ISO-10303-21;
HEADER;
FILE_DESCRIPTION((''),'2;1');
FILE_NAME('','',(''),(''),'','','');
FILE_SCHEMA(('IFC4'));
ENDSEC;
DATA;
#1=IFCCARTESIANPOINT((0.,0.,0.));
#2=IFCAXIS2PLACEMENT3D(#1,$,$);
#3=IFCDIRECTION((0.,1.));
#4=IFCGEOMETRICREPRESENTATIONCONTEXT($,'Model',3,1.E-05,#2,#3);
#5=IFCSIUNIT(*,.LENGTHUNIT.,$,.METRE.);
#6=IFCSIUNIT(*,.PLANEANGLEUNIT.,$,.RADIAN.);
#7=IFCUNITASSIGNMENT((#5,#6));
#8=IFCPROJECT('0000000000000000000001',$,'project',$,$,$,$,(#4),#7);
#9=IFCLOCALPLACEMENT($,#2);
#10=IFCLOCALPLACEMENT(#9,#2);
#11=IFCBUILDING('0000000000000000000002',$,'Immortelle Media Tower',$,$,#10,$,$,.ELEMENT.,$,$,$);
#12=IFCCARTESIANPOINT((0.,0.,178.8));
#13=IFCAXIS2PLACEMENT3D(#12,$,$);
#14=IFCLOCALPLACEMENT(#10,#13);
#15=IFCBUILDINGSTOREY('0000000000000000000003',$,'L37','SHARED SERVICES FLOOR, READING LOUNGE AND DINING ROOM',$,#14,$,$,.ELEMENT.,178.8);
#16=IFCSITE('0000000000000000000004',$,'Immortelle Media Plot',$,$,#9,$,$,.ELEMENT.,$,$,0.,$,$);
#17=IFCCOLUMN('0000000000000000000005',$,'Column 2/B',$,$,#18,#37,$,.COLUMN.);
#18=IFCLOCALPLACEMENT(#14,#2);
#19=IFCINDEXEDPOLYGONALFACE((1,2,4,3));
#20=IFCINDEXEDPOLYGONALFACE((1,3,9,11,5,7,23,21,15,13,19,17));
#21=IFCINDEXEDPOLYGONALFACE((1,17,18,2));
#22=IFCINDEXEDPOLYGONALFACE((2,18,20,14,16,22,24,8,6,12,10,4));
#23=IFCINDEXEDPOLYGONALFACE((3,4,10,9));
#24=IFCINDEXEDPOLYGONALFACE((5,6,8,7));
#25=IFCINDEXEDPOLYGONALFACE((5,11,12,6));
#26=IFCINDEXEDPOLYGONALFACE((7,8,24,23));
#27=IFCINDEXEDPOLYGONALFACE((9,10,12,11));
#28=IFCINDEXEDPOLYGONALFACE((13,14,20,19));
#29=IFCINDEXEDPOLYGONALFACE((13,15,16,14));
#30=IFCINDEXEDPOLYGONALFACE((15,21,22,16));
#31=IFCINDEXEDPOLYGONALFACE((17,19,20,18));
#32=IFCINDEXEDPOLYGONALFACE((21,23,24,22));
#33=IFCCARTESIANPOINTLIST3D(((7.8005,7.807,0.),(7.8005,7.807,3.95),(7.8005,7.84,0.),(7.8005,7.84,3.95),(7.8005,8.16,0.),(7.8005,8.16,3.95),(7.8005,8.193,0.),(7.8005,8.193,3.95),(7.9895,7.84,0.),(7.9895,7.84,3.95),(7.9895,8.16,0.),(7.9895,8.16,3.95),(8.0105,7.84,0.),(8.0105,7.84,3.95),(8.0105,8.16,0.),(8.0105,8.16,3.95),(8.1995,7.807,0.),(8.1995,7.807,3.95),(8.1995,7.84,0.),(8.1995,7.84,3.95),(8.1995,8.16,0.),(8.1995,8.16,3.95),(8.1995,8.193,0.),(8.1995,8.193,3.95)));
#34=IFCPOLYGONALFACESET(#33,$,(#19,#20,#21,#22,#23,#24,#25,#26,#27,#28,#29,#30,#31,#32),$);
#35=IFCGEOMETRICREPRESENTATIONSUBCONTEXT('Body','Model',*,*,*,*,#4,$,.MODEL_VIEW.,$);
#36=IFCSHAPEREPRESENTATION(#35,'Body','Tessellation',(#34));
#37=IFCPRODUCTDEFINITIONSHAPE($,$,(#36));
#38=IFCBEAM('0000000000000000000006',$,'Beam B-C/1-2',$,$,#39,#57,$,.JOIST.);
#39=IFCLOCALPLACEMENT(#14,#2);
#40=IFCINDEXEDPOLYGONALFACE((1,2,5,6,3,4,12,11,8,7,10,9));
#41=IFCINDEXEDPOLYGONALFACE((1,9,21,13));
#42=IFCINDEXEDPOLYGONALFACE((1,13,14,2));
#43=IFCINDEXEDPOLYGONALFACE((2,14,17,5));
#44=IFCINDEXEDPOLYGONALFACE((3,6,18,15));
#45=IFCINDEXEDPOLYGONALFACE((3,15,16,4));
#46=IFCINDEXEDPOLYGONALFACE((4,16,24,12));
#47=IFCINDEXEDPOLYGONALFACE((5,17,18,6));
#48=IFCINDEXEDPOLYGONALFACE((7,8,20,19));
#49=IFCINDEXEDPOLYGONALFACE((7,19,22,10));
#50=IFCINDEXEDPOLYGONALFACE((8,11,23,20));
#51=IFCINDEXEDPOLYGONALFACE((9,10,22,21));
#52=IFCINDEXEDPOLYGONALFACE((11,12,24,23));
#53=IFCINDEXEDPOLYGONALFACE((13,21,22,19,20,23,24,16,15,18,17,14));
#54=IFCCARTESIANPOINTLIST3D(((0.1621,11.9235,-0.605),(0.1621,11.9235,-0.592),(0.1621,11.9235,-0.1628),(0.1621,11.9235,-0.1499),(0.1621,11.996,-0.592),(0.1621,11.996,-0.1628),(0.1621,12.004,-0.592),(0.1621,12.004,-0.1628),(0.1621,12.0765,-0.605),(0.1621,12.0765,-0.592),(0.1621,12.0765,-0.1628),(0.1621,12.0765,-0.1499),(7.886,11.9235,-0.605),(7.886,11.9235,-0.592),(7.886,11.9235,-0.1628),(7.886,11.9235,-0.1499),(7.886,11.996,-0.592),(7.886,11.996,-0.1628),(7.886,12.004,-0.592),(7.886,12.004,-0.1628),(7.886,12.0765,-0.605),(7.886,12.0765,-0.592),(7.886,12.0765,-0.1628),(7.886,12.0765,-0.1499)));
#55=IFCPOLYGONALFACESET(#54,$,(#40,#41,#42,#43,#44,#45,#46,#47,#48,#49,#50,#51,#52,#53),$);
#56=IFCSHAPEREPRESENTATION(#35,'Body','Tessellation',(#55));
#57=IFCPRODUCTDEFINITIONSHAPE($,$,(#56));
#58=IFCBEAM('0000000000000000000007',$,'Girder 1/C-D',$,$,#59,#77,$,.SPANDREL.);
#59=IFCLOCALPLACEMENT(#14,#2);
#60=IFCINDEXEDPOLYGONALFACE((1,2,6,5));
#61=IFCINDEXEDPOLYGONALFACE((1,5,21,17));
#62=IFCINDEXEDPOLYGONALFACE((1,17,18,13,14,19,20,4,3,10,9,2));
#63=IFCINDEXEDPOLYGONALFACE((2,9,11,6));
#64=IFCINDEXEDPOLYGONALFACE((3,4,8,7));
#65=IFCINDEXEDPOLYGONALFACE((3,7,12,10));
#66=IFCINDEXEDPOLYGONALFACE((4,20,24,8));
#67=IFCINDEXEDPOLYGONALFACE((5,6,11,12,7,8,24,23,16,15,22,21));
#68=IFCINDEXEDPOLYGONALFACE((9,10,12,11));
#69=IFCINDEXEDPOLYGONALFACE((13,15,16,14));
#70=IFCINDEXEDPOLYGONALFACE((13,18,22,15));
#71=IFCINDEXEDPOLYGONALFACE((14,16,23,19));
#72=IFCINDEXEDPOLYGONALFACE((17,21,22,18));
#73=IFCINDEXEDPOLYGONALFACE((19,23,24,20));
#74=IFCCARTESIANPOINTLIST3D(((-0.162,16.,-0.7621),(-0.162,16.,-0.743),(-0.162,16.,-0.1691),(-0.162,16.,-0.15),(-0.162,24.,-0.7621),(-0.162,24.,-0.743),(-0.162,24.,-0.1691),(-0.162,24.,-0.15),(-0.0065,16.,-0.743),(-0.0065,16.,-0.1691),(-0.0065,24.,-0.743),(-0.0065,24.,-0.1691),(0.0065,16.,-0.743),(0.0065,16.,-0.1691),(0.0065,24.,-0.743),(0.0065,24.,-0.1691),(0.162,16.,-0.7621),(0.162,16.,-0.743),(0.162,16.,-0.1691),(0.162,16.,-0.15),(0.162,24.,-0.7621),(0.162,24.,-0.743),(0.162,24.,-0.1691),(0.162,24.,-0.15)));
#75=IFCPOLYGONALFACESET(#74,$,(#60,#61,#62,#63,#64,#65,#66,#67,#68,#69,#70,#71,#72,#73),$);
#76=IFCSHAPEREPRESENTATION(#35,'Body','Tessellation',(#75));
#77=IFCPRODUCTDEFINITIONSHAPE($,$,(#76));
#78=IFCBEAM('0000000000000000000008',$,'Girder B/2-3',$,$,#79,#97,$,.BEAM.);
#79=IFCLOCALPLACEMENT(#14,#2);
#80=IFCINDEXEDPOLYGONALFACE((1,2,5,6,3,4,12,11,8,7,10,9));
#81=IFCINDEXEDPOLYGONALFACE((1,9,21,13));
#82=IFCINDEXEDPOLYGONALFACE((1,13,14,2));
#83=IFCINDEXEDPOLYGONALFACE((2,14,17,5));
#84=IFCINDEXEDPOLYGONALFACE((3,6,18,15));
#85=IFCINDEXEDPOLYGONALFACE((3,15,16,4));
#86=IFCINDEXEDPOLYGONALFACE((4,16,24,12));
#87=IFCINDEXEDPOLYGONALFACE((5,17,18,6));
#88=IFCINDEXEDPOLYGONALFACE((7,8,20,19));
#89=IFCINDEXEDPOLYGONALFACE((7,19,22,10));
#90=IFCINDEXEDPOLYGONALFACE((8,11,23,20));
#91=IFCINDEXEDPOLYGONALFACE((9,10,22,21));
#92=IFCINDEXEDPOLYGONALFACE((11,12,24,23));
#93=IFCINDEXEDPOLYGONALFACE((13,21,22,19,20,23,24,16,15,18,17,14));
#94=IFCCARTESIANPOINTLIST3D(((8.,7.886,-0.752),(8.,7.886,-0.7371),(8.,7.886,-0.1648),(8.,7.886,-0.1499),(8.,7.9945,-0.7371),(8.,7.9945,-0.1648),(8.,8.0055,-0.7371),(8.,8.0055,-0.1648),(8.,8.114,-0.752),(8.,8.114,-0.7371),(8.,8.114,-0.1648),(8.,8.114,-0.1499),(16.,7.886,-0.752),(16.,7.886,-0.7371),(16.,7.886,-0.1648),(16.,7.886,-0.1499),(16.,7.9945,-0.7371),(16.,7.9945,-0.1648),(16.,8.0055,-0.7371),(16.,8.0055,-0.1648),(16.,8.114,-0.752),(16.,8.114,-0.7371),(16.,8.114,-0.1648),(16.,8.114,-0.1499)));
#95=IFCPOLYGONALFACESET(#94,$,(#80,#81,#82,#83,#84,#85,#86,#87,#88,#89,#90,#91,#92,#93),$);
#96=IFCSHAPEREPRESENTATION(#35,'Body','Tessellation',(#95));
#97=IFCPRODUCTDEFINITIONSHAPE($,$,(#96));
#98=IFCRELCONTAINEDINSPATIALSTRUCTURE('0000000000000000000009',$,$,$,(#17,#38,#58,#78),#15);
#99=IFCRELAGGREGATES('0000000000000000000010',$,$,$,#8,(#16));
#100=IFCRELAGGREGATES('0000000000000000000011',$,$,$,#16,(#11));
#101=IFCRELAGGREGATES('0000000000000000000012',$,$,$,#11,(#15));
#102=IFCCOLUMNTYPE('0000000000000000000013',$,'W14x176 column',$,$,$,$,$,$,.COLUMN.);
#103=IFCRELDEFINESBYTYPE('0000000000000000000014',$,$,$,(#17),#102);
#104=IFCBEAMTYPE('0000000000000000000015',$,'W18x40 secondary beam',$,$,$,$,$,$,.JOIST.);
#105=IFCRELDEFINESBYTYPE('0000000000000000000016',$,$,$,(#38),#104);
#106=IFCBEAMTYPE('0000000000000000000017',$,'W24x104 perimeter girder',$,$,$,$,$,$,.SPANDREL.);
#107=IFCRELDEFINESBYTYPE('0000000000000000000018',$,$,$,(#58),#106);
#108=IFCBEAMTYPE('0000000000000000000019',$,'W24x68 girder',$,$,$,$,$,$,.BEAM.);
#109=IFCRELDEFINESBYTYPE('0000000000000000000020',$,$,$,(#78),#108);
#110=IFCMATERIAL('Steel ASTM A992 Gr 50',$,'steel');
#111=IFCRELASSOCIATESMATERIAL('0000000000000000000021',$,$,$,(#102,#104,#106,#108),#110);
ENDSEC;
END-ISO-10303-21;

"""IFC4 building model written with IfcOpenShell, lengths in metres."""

from ifc_helpers import new_model, si_unit, direction, frame, origin, origin_2d, place, context, subcontext, project, spatial, i_section, extrude, material, material_profile, profile_set, type_object, element, save


model = new_model("IFC4")

# Units and contexts
model_context = context("Model", 3, precision=1e-05, world=origin(), true_north=direction((0.0, 1.0)))
body_context = subcontext(model_context, "Body", "Model", "MODEL_VIEW")
ifc_project = project(units=[si_unit("LENGTHUNIT", "METRE"), si_unit("PLANEANGLEUNIT", "RADIAN")], contexts=[model_context])

# Site, building, storey
site_placement = place(None, origin())
site = spatial("IfcSite", under=ifc_project, at=site_placement, Name="Immortelle Media Plot", CompositionType="ELEMENT", RefElevation=0.0)
building_placement = place(site_placement, origin())
building = spatial("IfcBuilding", under=site, at=building_placement, Name="Immortelle Media Tower", CompositionType="ELEMENT")
storey_placement = place(building_placement, frame((0.0, 0.0, 178.8)))
storey = spatial("IfcBuildingStorey", under=building, at=storey_placement, Name="L37", Description="SHARED SERVICES FLOOR, READING LOUNGE AND DINING ROOM", CompositionType="ELEMENT", Elevation=178.8)

# Column
ifc_material_1 = material(Name="Steel ASTM A992 Gr 50", Category="steel")
ifc_material_profile_1 = material_profile(ifc_material_1, i_section(OverallWidth=0.3989, OverallDepth=0.386, WebThickness=0.021, FlangeThickness=0.033, at=origin_2d()), Name="W14x176")
ifc_profile_set_1 = profile_set([ifc_material_profile_1], Name="Steel ASTM A992 Gr 50")
column_type = type_object("IfcColumnType", Name="W14x176 column", PredefinedType="COLUMN", material=ifc_profile_set_1)
column_placement = place(storey_placement, frame((8.0, 8.0, 0.0), z_axis=(0.0, 0.0, 1.0), x_axis=(1.0, 0.0, 0.0)))
element("IfcColumn", 1, at=column_placement, inside=storey, type_object=column_type, Name="Column 2/B", PredefinedType="COLUMN", context=body_context, shape_type="SweptSolid", body=[
    extrude(i_section(OverallWidth=0.3989, OverallDepth=0.386, WebThickness=0.021, FlangeThickness=0.033, at=origin_2d()), origin(), (0.0, 0.0, 1.0), 3.95),
])

# Beams
ifc_material_profile_2 = material_profile(ifc_material_1, i_section(OverallWidth=0.1531, OverallDepth=0.4551, WebThickness=0.0081, FlangeThickness=0.0129, at=origin_2d()), Name="W18x40")
ifc_profile_set_2 = profile_set([ifc_material_profile_2], Name="Steel ASTM A992 Gr 50")
beam_type_1 = type_object("IfcBeamType", Name="W18x40 secondary beam", PredefinedType="JOIST", material=ifc_profile_set_2)
beam_1_placement = place(storey_placement, frame((0.1621, 12.0, -0.3774), z_axis=(1.0, 0.0, 0.0), x_axis=(0.0, 1.0, 0.0)))
element("IfcBeam", 2, at=beam_1_placement, inside=storey, type_object=beam_type_1, Name="Beam B-C/1-2", PredefinedType="JOIST", context=body_context, shape_type="SweptSolid", body=[
    extrude(i_section(OverallWidth=0.1531, OverallDepth=0.4551, WebThickness=0.0081, FlangeThickness=0.0129, at=origin_2d()), origin(), (0.0, 0.0, 1.0), 7.7239),
])
ifc_material_profile_3 = material_profile(ifc_material_1, i_section(OverallWidth=0.324, OverallDepth=0.6121, WebThickness=0.0129, FlangeThickness=0.019, at=origin_2d()), Name="W24x104")
ifc_profile_set_3 = profile_set([ifc_material_profile_3], Name="Steel ASTM A992 Gr 50")
beam_type_2 = type_object("IfcBeamType", Name="W24x104 perimeter girder", PredefinedType="SPANDREL", material=ifc_profile_set_3)
beam_2_placement = place(storey_placement, frame((0.0, 16.0, -0.4561), z_axis=(0.0, 1.0, 0.0), x_axis=(-1.0, 0.0, 0.0)))
element("IfcBeam", 3, at=beam_2_placement, inside=storey, type_object=beam_type_2, Name="Girder 1/C-D", PredefinedType="SPANDREL", context=body_context, shape_type="SweptSolid", body=[
    extrude(i_section(OverallWidth=0.324, OverallDepth=0.6121, WebThickness=0.0129, FlangeThickness=0.019, at=origin_2d()), origin(), (0.0, 0.0, 1.0), 8.0),
])
ifc_material_profile_4 = material_profile(ifc_material_1, i_section(OverallWidth=0.228, OverallDepth=0.6021, WebThickness=0.011, FlangeThickness=0.0149, at=origin_2d()), Name="W24x68")
ifc_profile_set_4 = profile_set([ifc_material_profile_4], Name="Steel ASTM A992 Gr 50")
beam_type_3 = type_object("IfcBeamType", Name="W24x68 girder", PredefinedType="BEAM", material=ifc_profile_set_4)
beam_3_placement = place(storey_placement, frame((8.0, 8.0, -0.4509), z_axis=(1.0, 0.0, 0.0), x_axis=(0.0, 1.0, 0.0)))
element("IfcBeam", 4, at=beam_3_placement, inside=storey, type_object=beam_type_3, Name="Girder B/2-3", PredefinedType="BEAM", context=body_context, shape_type="SweptSolid", body=[
    extrude(i_section(OverallWidth=0.228, OverallDepth=0.6021, WebThickness=0.011, FlangeThickness=0.0149, at=origin_2d()), origin(), (0.0, 0.0, 1.0), 8.0),
])

save(model, "model.ifc")
